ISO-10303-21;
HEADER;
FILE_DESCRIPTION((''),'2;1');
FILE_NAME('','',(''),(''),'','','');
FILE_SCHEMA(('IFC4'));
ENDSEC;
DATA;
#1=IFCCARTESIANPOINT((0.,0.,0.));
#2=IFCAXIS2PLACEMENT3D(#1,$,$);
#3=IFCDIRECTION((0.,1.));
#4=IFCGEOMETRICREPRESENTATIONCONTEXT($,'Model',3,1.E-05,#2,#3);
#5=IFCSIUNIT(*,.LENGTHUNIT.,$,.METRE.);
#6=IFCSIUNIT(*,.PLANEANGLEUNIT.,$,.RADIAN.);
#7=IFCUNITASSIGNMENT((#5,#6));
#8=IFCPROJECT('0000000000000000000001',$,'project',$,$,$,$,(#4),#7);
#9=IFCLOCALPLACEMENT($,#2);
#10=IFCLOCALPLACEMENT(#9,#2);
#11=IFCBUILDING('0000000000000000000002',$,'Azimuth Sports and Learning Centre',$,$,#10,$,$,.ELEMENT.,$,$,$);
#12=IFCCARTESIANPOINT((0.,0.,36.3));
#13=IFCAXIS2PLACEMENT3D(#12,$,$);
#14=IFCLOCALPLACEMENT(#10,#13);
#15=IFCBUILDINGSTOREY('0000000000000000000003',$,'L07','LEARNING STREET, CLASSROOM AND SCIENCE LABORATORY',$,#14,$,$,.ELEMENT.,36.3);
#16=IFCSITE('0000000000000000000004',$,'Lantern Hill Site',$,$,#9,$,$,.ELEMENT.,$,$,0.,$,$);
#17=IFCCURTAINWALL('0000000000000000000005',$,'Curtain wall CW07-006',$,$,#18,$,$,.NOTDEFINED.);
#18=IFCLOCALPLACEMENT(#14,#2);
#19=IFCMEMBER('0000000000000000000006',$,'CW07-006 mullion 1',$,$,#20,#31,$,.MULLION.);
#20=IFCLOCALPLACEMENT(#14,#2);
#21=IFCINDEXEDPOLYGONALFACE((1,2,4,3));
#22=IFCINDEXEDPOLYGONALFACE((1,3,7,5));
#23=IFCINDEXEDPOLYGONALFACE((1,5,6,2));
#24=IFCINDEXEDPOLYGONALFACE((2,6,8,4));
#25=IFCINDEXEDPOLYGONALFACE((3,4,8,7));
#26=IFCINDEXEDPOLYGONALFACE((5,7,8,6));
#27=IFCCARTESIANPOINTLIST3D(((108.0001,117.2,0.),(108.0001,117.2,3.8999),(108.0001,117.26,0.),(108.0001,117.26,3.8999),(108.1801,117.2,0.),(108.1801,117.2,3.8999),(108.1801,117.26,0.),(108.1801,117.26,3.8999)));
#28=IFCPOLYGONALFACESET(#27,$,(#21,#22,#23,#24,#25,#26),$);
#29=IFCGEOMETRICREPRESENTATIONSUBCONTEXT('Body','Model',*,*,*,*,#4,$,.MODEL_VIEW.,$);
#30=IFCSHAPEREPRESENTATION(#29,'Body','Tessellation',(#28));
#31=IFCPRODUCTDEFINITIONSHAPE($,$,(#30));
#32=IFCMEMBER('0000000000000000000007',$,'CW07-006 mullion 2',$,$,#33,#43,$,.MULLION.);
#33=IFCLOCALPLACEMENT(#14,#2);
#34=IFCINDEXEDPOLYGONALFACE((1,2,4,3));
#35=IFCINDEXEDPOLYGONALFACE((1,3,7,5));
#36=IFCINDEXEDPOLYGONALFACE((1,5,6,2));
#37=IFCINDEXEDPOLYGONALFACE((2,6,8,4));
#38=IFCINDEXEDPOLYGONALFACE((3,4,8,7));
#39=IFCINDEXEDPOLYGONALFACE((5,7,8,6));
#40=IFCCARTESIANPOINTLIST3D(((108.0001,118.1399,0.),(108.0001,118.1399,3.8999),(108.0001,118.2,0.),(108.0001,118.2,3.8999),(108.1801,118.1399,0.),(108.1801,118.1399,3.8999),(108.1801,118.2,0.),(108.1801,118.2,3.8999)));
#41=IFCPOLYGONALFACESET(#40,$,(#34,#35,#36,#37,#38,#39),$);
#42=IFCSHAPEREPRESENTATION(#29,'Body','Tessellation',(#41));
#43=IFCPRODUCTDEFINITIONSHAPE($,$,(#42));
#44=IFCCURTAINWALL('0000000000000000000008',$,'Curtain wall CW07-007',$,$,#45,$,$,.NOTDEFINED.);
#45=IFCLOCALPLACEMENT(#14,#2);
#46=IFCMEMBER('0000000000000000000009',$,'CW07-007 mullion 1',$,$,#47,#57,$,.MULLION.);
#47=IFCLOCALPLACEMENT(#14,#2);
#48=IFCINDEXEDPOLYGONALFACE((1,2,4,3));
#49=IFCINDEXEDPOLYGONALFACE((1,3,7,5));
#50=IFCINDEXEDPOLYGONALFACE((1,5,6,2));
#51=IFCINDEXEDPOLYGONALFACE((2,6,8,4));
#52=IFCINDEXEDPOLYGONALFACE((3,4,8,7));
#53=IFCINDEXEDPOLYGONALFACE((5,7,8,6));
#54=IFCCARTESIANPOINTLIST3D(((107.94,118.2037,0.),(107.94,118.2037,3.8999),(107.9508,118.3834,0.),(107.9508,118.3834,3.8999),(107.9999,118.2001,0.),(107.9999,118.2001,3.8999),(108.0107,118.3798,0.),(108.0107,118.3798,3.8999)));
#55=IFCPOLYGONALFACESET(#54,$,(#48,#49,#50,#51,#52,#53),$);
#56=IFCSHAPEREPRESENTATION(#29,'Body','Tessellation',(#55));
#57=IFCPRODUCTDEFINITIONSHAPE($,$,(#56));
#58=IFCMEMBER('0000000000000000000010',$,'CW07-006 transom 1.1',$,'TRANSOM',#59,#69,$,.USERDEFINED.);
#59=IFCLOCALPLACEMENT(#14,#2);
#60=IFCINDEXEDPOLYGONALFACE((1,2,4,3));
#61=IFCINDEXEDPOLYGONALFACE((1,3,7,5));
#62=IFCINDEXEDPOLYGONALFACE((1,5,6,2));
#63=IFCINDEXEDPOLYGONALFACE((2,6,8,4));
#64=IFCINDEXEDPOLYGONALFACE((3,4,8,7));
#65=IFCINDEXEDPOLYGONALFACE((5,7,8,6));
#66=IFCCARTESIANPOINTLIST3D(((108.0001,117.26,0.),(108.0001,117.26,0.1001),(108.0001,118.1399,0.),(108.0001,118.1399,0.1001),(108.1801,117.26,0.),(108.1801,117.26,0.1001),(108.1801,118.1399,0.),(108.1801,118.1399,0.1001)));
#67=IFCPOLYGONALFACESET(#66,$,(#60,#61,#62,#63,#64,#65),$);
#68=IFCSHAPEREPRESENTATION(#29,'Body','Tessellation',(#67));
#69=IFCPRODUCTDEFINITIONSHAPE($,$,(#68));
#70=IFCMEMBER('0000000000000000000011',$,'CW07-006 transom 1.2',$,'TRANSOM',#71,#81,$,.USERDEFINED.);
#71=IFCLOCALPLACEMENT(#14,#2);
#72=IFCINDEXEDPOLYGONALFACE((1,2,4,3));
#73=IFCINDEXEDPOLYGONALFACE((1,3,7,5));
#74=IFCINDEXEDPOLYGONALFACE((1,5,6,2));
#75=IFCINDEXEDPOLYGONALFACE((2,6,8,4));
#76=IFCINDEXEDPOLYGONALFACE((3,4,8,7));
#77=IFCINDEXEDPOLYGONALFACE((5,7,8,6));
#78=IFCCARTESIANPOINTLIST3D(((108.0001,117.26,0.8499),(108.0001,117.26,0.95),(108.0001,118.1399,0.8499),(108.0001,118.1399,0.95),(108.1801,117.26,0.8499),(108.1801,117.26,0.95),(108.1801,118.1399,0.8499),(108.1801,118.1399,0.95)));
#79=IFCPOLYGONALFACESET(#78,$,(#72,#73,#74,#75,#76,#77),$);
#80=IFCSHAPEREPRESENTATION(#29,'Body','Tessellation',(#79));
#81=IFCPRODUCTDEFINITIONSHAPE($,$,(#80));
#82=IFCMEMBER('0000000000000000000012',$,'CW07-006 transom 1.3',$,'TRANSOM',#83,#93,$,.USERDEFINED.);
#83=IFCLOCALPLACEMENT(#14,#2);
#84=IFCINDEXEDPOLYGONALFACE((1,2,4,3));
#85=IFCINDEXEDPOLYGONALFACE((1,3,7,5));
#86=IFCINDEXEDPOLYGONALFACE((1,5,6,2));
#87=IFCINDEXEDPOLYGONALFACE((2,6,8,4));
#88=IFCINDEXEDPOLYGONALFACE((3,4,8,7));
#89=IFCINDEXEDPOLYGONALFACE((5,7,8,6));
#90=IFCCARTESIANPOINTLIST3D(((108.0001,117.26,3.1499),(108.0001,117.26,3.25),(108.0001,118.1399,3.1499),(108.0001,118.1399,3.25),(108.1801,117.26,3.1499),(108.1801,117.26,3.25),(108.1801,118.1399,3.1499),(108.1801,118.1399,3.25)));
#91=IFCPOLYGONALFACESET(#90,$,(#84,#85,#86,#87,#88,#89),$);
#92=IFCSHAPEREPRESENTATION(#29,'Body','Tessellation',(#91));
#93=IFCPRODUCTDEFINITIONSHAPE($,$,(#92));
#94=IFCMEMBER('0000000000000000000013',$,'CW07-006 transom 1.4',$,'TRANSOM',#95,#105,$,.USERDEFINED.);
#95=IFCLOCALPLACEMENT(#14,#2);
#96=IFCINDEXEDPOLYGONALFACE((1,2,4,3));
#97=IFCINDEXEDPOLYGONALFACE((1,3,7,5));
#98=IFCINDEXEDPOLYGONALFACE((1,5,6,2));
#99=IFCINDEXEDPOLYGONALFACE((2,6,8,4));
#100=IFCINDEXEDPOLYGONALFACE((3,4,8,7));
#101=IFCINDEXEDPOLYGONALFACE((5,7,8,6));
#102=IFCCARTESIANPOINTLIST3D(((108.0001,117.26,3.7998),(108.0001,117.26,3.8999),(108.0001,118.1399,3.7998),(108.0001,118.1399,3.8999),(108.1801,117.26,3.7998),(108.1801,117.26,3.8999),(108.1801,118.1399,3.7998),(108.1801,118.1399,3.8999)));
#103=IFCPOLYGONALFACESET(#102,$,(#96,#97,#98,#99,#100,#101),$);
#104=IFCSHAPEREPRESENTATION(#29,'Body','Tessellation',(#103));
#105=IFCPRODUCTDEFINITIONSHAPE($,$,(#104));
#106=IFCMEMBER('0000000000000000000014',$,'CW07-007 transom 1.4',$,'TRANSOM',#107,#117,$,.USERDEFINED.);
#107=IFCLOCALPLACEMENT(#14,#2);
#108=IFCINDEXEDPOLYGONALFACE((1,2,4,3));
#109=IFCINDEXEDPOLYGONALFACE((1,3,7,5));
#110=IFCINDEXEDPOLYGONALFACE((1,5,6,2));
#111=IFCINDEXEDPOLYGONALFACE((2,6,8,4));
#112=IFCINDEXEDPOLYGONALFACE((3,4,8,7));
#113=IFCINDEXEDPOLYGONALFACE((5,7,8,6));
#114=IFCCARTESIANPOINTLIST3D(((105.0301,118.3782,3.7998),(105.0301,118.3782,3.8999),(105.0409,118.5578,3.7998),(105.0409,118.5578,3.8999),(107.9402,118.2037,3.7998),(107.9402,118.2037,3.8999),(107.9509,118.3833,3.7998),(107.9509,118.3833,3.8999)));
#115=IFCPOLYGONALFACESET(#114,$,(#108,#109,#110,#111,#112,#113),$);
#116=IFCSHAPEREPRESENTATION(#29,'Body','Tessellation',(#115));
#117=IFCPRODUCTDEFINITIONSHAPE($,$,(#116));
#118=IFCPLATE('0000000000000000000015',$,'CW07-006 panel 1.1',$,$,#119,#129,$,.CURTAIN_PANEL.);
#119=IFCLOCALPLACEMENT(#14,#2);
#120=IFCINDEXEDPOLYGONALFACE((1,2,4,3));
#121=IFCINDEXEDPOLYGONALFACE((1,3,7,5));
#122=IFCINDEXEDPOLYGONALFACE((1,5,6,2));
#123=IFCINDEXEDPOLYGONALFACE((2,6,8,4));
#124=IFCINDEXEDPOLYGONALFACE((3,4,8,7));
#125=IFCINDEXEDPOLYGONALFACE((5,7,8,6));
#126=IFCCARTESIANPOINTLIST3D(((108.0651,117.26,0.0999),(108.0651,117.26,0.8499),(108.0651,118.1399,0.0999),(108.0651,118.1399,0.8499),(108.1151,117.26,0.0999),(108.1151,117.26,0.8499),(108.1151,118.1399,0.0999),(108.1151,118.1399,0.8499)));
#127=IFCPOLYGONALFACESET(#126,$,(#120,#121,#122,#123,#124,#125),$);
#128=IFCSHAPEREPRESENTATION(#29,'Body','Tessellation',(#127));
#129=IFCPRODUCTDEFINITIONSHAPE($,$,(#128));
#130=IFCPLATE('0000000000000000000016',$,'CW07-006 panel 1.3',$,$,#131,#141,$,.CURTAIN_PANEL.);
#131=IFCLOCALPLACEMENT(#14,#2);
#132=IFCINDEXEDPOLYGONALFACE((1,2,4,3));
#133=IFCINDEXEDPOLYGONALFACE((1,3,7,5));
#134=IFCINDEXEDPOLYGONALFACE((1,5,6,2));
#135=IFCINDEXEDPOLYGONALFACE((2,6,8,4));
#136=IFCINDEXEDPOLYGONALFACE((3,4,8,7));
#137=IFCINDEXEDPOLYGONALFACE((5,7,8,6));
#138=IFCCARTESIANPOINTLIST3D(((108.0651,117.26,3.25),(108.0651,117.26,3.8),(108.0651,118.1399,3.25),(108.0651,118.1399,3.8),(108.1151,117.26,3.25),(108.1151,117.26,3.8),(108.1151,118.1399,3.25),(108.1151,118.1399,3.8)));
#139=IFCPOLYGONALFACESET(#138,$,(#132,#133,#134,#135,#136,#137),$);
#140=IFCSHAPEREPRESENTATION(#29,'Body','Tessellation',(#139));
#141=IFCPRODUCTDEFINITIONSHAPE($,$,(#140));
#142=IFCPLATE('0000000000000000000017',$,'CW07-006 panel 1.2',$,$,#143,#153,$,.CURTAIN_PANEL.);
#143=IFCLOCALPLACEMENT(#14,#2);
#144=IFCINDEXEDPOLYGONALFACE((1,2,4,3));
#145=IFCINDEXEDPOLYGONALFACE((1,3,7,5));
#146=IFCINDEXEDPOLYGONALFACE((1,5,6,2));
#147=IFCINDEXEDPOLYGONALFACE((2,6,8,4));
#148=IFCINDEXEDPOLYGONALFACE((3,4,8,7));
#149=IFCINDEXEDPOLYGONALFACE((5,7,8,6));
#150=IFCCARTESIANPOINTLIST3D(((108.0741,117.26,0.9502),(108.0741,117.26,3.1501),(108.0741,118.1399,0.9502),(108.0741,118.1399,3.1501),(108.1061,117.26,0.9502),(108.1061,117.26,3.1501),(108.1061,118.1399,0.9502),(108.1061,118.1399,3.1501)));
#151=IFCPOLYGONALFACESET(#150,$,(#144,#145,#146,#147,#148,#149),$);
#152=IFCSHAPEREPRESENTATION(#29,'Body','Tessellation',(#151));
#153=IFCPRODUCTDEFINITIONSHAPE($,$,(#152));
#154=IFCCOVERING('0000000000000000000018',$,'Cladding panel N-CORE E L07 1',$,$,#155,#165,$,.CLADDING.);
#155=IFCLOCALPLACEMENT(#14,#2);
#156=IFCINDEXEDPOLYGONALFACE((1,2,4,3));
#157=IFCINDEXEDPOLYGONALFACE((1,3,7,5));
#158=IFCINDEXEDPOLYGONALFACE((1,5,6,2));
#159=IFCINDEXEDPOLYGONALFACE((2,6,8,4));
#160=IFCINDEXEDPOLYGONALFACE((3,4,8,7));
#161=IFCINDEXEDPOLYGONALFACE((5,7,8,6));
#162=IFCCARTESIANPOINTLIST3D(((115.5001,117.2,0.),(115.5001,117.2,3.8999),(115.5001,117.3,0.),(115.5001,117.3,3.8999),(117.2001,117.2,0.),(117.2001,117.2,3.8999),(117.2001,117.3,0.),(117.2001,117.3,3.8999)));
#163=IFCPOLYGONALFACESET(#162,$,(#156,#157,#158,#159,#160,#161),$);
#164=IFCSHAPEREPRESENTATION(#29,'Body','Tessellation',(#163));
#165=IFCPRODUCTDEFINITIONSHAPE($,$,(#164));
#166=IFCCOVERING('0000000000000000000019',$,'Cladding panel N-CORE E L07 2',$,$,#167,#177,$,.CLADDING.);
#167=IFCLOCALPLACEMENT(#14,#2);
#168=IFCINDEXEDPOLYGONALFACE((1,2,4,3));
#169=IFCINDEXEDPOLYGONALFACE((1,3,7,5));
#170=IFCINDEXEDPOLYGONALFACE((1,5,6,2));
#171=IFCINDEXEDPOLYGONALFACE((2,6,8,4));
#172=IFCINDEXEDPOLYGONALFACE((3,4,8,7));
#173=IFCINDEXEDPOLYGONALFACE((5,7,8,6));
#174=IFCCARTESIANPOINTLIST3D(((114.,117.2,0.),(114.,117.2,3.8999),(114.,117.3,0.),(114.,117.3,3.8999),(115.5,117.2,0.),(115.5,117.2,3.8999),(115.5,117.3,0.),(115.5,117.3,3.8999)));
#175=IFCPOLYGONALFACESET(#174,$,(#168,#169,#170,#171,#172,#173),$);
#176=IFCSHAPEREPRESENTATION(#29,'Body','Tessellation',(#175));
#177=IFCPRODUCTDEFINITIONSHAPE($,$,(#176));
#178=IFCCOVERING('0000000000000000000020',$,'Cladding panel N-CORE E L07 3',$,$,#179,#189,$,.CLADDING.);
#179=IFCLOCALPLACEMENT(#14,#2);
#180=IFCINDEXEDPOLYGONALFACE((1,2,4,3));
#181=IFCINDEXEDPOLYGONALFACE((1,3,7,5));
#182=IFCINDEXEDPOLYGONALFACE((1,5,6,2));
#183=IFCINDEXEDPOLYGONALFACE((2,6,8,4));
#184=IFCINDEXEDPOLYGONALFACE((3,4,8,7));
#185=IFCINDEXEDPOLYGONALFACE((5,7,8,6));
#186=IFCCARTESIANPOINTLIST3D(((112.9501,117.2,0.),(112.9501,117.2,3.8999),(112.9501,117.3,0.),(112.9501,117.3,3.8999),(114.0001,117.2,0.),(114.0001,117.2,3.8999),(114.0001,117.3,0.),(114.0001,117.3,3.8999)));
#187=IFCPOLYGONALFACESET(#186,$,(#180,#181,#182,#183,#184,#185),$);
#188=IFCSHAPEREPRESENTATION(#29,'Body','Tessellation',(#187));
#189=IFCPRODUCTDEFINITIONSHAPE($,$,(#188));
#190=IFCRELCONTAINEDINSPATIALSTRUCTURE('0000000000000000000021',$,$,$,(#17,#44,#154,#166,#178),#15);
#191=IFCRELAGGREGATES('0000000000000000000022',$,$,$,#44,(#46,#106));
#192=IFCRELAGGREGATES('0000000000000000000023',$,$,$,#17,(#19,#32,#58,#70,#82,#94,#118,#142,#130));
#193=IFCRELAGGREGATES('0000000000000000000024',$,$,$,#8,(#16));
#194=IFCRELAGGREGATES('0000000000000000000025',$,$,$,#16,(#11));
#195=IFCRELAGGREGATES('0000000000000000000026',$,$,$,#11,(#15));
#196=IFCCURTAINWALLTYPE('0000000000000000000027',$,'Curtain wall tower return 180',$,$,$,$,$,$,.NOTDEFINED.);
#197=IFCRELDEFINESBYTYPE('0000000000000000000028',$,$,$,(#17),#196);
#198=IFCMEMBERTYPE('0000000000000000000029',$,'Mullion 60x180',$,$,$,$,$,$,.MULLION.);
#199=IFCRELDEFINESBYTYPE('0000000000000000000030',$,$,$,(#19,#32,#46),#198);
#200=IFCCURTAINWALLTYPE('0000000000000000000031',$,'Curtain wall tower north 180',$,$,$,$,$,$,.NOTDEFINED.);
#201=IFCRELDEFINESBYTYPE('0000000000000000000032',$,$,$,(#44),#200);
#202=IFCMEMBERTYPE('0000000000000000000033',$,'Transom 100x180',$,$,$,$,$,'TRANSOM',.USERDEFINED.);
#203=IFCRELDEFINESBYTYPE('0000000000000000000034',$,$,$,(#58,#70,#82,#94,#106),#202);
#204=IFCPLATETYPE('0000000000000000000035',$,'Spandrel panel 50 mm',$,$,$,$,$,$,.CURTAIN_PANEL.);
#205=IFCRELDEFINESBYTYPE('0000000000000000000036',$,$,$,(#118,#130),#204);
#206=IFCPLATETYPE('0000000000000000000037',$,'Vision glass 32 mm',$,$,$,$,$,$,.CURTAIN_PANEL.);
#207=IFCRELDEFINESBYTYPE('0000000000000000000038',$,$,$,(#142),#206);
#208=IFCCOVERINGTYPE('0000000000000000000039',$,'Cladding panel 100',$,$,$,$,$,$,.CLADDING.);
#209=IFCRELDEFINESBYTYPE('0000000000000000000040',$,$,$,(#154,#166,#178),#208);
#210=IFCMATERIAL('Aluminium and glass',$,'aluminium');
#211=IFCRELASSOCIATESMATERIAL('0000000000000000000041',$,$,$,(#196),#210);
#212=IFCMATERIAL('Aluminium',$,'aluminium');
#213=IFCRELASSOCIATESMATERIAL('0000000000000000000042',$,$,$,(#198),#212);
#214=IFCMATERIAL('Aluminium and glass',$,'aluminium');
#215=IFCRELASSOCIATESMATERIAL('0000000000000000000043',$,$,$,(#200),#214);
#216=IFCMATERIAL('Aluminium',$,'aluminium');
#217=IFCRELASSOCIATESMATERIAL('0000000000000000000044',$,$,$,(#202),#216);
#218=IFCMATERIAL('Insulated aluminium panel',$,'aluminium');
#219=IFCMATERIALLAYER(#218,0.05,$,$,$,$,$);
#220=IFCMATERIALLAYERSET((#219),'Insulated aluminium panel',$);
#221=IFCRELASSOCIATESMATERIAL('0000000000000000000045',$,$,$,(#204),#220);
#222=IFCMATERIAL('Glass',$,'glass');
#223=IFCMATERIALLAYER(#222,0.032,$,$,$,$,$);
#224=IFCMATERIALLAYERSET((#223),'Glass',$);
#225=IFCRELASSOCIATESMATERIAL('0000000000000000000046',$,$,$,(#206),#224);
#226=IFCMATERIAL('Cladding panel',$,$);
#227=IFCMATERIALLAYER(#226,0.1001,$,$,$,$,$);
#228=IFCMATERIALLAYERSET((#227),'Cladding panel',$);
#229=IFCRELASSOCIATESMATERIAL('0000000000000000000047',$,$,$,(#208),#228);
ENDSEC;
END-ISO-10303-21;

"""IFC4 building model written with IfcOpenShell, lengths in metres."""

from ifc_helpers import new_model, si_unit, direction, frame, origin, origin_2d, place, context, subcontext, project, spatial, rectangle, extrude, material, layer, layer_set, material_profile, profile_set, type_object, element, aggregate, save


model = new_model("IFC4")

# Units and contexts
model_context = context("Model", 3, precision=1e-05, world=origin(), true_north=direction((0.0, 1.0)))
body_context = subcontext(model_context, "Body", "Model", "MODEL_VIEW")
ifc_project = project(units=[si_unit("LENGTHUNIT", "METRE"), si_unit("PLANEANGLEUNIT", "RADIAN")], contexts=[model_context])

# Site, building, storey
site_placement = place(None, origin())
site = spatial("IfcSite", under=ifc_project, at=site_placement, Name="Lantern Hill Site", CompositionType="ELEMENT", RefElevation=0.0)
building_placement = place(site_placement, origin())
building = spatial("IfcBuilding", under=site, at=building_placement, Name="Azimuth Sports and Learning Centre", CompositionType="ELEMENT")
storey_placement = place(building_placement, frame((0.0, 0.0, 36.3)))
storey = spatial("IfcBuildingStorey", under=building, at=storey_placement, Name="L07", Description="LEARNING STREET, CLASSROOM AND SCIENCE LABORATORY", CompositionType="ELEMENT", Elevation=36.3)

# Curtain wall, members
ifc_material_1 = material(Name="Aluminium and glass", Category="aluminium")
curtain_wall_type_1 = type_object("IfcCurtainWallType", Name="Curtain wall tower return 180", PredefinedType="NOTDEFINED", material=ifc_material_1)
curtain_wall_1_placement = place(storey_placement, origin())
curtain_wall_1 = element("IfcCurtainWall", 1, at=curtain_wall_1_placement, inside=storey, type_object=curtain_wall_type_1, Name="Curtain wall CW07-006", PredefinedType="NOTDEFINED")
ifc_material_2 = material(Name="Aluminium", Category="aluminium")
ifc_material_profile_1 = material_profile(ifc_material_2, rectangle(XDim=0.1799, YDim=0.0601, at=origin_2d()), Name="Mullion 60x180")
ifc_profile_set_1 = profile_set([ifc_material_profile_1], Name="Aluminium")
member_type_1 = type_object("IfcMemberType", Name="Mullion 60x180", PredefinedType="MULLION", material=ifc_profile_set_1)
member_1_placement = place(storey_placement, frame((108.0901, 117.23, 0.0), z_axis=(0.0, 0.0, 1.0), x_axis=(-1.0, 0.0, 0.0)))
member_1 = element("IfcMember", 2, at=member_1_placement, type_object=member_type_1, Name="CW07-006 mullion 1", PredefinedType="MULLION", context=body_context, shape_type="SweptSolid", body=[
    extrude(rectangle(XDim=0.1799, YDim=0.0601, at=origin_2d()), origin(), (0.0, 0.0, 1.0), 3.8999),
])
member_2_placement = place(storey_placement, frame((108.0901, 118.1699, 0.0), z_axis=(0.0, 0.0, 1.0), x_axis=(-1.0, 0.0, 0.0)))
member_2 = element("IfcMember", 3, at=member_2_placement, type_object=member_type_1, Name="CW07-006 mullion 2", PredefinedType="MULLION", context=body_context, shape_type="SweptSolid", body=[
    extrude(rectangle(XDim=0.1799, YDim=0.0601, at=origin_2d()), origin(), (0.0, 0.0, 1.0), 3.8999),
])

# Curtain wall, member
ifc_material_3 = material(Name="Aluminium and glass", Category="aluminium")
curtain_wall_type_2 = type_object("IfcCurtainWallType", Name="Curtain wall tower north 180", PredefinedType="NOTDEFINED", material=ifc_material_3)
curtain_wall_2_placement = place(storey_placement, origin())
curtain_wall_2 = element("IfcCurtainWall", 4, at=curtain_wall_2_placement, inside=storey, type_object=curtain_wall_type_2, Name="Curtain wall CW07-007", PredefinedType="NOTDEFINED")
member_3_placement = place(storey_placement, frame((107.9753, 118.2917, 0.0), z_axis=(0.0, 0.0, 1.0), x_axis=(-0.059892, -0.998205, 0.0)))
member_3 = element("IfcMember", 5, at=member_3_placement, type_object=member_type_1, Name="CW07-007 mullion 1", PredefinedType="MULLION", context=body_context, shape_type="SweptSolid", body=[
    extrude(rectangle(XDim=0.1799, YDim=0.0601, at=origin_2d()), origin(), (0.0, 0.0, 1.0), 3.8999),
])

# Members
ifc_material_4 = material(Name="Aluminium", Category="aluminium")
ifc_material_profile_2 = material_profile(ifc_material_4, rectangle(XDim=0.1799, YDim=0.1001, at=origin_2d()), Name="Transom 100x180")
ifc_profile_set_2 = profile_set([ifc_material_profile_2], Name="Aluminium")
member_type_2 = type_object("IfcMemberType", Name="Transom 100x180", ElementType="TRANSOM", PredefinedType="USERDEFINED", material=ifc_profile_set_2)
member_4_placement = place(storey_placement, frame((108.0901, 117.26, 0.05), z_axis=(0.0, 1.0, 0.0), x_axis=(-1.0, 0.0, 0.0)))
member_4 = element("IfcMember", 6, at=member_4_placement, type_object=member_type_2, Name="CW07-006 transom 1.1", ObjectType="TRANSOM", PredefinedType="USERDEFINED", context=body_context, shape_type="SweptSolid", body=[
    extrude(rectangle(XDim=0.1799, YDim=0.1001, at=origin_2d()), origin(), (0.0, 0.0, 1.0), 0.8799),
])
member_5_placement = place(storey_placement, frame((108.0901, 117.26, 0.8999), z_axis=(0.0, 1.0, 0.0), x_axis=(-1.0, 0.0, 0.0)))
member_5 = element("IfcMember", 7, at=member_5_placement, type_object=member_type_2, Name="CW07-006 transom 1.2", ObjectType="TRANSOM", PredefinedType="USERDEFINED", context=body_context, shape_type="SweptSolid", body=[
    extrude(rectangle(XDim=0.1799, YDim=0.1001, at=origin_2d()), origin(), (0.0, 0.0, 1.0), 0.8799),
])
member_6_placement = place(storey_placement, frame((108.0901, 117.26, 3.2), z_axis=(0.0, 1.0, 0.0), x_axis=(-1.0, 0.0, 0.0)))
member_6 = element("IfcMember", 8, at=member_6_placement, type_object=member_type_2, Name="CW07-006 transom 1.3", ObjectType="TRANSOM", PredefinedType="USERDEFINED", context=body_context, shape_type="SweptSolid", body=[
    extrude(rectangle(XDim=0.1799, YDim=0.1001, at=origin_2d()), origin(), (0.0, 0.0, 1.0), 0.8799),
])
member_7_placement = place(storey_placement, frame((108.0901, 117.26, 3.8499), z_axis=(0.0, 1.0, 0.0), x_axis=(-1.0, 0.0, 0.0)))
member_7 = element("IfcMember", 9, at=member_7_placement, type_object=member_type_2, Name="CW07-006 transom 1.4", ObjectType="TRANSOM", PredefinedType="USERDEFINED", context=body_context, shape_type="SweptSolid", body=[
    extrude(rectangle(XDim=0.1799, YDim=0.1001, at=origin_2d()), origin(), (0.0, 0.0, 1.0), 0.8799),
])
member_8_placement = place(storey_placement, frame((107.9456, 118.2935, 3.8499), z_axis=(-0.998206, 0.059876, 0.0), x_axis=(-0.059876, -0.998206, 0.0)))
member_8 = element("IfcMember", 10, at=member_8_placement, type_object=member_type_2, Name="CW07-007 transom 1.4", ObjectType="TRANSOM", PredefinedType="USERDEFINED", context=body_context, shape_type="SweptSolid", body=[
    extrude(rectangle(XDim=0.1799, YDim=0.1001, at=origin_2d()), origin(), (0.0, 0.0, 1.0), 2.9153),
])
aggregate(curtain_wall_2, [member_3, member_8])

# Plates
ifc_material_5 = material(Name="Insulated aluminium panel", Category="aluminium")
ifc_layer_1 = layer(ifc_material_5, 0.05)
ifc_layer_set_1 = layer_set([ifc_layer_1], Name="Insulated aluminium panel")
plate_type_1 = type_object("IfcPlateType", Name="Spandrel panel 50 mm", PredefinedType="CURTAIN_PANEL", material=ifc_layer_set_1)
plate_1_placement = place(storey_placement, frame((108.0901, 117.7, 0.0999), z_axis=(0.0, 0.0, 1.0), x_axis=(0.0, 1.0, 0.0)))
plate_1 = element("IfcPlate", 11, at=plate_1_placement, type_object=plate_type_1, Name="CW07-006 panel 1.1", PredefinedType="CURTAIN_PANEL", context=body_context, shape_type="SweptSolid", body=[
    extrude(rectangle(XDim=0.8799, YDim=0.05, at=origin_2d()), origin(), (0.0, 0.0, 1.0), 0.75),
])
plate_2_placement = place(storey_placement, frame((108.0901, 117.7, 3.25), z_axis=(0.0, 0.0, 1.0), x_axis=(0.0, 1.0, 0.0)))
plate_2 = element("IfcPlate", 12, at=plate_2_placement, type_object=plate_type_1, Name="CW07-006 panel 1.3", PredefinedType="CURTAIN_PANEL", context=body_context, shape_type="SweptSolid", body=[
    extrude(rectangle(XDim=0.8799, YDim=0.05, at=origin_2d()), origin(), (0.0, 0.0, 1.0), 0.55),
])
ifc_material_6 = material(Name="Glass", Category="glass")
ifc_layer_2 = layer(ifc_material_6, 0.032)
ifc_layer_set_2 = layer_set([ifc_layer_2], Name="Glass")
plate_type_2 = type_object("IfcPlateType", Name="Vision glass 32 mm", PredefinedType="CURTAIN_PANEL", material=ifc_layer_set_2)
plate_3_placement = place(storey_placement, frame((108.0901, 117.7, 0.9502), z_axis=(0.0, 0.0, 1.0), x_axis=(0.0, 1.0, 0.0)))
plate_3 = element("IfcPlate", 13, at=plate_3_placement, type_object=plate_type_2, Name="CW07-006 panel 1.2", PredefinedType="CURTAIN_PANEL", context=body_context, shape_type="SweptSolid", body=[
    extrude(rectangle(XDim=0.8799, YDim=0.032, at=origin_2d()), origin(), (0.0, 0.0, 1.0), 2.2),
])
aggregate(curtain_wall_1, [member_1, member_2, member_4, member_5, member_6, member_7, plate_1, plate_3, plate_2])

# Coverings
ifc_material_7 = material(Name="Cladding panel")
ifc_layer_3 = layer(ifc_material_7, 0.1001)
ifc_layer_set_3 = layer_set([ifc_layer_3], Name="Cladding panel")
covering_type = type_object("IfcCoveringType", Name="Cladding panel 100", PredefinedType="CLADDING", material=ifc_layer_set_3)
covering_1_placement = place(storey_placement, frame((116.3501, 117.25, 0.0), z_axis=(0.0, 0.0, 1.0), x_axis=(-1.0, 0.0, 0.0)))
element("IfcCovering", 14, at=covering_1_placement, inside=storey, type_object=covering_type, Name="Cladding panel N-CORE E L07 1", PredefinedType="CLADDING", context=body_context, shape_type="SweptSolid", body=[
    extrude(rectangle(XDim=1.7, YDim=0.1001, at=origin_2d()), origin(), (0.0, 0.0, 1.0), 3.8999),
])
covering_2_placement = place(storey_placement, frame((114.75, 117.25, 0.0), z_axis=(0.0, 0.0, 1.0), x_axis=(-1.0, 0.0, 0.0)))
element("IfcCovering", 15, at=covering_2_placement, inside=storey, type_object=covering_type, Name="Cladding panel N-CORE E L07 2", PredefinedType="CLADDING", context=body_context, shape_type="SweptSolid", body=[
    extrude(rectangle(XDim=1.5, YDim=0.1001, at=origin_2d()), origin(), (0.0, 0.0, 1.0), 3.8999),
])
covering_3_placement = place(storey_placement, frame((113.4751, 117.25, 0.0), z_axis=(0.0, 0.0, 1.0), x_axis=(-1.0, 0.0, 0.0)))
element("IfcCovering", 16, at=covering_3_placement, inside=storey, type_object=covering_type, Name="Cladding panel N-CORE E L07 3", PredefinedType="CLADDING", context=body_context, shape_type="SweptSolid", body=[
    extrude(rectangle(XDim=1.05, YDim=0.1001, at=origin_2d()), origin(), (0.0, 0.0, 1.0), 3.8999),
])

save(model, "model.ifc")
